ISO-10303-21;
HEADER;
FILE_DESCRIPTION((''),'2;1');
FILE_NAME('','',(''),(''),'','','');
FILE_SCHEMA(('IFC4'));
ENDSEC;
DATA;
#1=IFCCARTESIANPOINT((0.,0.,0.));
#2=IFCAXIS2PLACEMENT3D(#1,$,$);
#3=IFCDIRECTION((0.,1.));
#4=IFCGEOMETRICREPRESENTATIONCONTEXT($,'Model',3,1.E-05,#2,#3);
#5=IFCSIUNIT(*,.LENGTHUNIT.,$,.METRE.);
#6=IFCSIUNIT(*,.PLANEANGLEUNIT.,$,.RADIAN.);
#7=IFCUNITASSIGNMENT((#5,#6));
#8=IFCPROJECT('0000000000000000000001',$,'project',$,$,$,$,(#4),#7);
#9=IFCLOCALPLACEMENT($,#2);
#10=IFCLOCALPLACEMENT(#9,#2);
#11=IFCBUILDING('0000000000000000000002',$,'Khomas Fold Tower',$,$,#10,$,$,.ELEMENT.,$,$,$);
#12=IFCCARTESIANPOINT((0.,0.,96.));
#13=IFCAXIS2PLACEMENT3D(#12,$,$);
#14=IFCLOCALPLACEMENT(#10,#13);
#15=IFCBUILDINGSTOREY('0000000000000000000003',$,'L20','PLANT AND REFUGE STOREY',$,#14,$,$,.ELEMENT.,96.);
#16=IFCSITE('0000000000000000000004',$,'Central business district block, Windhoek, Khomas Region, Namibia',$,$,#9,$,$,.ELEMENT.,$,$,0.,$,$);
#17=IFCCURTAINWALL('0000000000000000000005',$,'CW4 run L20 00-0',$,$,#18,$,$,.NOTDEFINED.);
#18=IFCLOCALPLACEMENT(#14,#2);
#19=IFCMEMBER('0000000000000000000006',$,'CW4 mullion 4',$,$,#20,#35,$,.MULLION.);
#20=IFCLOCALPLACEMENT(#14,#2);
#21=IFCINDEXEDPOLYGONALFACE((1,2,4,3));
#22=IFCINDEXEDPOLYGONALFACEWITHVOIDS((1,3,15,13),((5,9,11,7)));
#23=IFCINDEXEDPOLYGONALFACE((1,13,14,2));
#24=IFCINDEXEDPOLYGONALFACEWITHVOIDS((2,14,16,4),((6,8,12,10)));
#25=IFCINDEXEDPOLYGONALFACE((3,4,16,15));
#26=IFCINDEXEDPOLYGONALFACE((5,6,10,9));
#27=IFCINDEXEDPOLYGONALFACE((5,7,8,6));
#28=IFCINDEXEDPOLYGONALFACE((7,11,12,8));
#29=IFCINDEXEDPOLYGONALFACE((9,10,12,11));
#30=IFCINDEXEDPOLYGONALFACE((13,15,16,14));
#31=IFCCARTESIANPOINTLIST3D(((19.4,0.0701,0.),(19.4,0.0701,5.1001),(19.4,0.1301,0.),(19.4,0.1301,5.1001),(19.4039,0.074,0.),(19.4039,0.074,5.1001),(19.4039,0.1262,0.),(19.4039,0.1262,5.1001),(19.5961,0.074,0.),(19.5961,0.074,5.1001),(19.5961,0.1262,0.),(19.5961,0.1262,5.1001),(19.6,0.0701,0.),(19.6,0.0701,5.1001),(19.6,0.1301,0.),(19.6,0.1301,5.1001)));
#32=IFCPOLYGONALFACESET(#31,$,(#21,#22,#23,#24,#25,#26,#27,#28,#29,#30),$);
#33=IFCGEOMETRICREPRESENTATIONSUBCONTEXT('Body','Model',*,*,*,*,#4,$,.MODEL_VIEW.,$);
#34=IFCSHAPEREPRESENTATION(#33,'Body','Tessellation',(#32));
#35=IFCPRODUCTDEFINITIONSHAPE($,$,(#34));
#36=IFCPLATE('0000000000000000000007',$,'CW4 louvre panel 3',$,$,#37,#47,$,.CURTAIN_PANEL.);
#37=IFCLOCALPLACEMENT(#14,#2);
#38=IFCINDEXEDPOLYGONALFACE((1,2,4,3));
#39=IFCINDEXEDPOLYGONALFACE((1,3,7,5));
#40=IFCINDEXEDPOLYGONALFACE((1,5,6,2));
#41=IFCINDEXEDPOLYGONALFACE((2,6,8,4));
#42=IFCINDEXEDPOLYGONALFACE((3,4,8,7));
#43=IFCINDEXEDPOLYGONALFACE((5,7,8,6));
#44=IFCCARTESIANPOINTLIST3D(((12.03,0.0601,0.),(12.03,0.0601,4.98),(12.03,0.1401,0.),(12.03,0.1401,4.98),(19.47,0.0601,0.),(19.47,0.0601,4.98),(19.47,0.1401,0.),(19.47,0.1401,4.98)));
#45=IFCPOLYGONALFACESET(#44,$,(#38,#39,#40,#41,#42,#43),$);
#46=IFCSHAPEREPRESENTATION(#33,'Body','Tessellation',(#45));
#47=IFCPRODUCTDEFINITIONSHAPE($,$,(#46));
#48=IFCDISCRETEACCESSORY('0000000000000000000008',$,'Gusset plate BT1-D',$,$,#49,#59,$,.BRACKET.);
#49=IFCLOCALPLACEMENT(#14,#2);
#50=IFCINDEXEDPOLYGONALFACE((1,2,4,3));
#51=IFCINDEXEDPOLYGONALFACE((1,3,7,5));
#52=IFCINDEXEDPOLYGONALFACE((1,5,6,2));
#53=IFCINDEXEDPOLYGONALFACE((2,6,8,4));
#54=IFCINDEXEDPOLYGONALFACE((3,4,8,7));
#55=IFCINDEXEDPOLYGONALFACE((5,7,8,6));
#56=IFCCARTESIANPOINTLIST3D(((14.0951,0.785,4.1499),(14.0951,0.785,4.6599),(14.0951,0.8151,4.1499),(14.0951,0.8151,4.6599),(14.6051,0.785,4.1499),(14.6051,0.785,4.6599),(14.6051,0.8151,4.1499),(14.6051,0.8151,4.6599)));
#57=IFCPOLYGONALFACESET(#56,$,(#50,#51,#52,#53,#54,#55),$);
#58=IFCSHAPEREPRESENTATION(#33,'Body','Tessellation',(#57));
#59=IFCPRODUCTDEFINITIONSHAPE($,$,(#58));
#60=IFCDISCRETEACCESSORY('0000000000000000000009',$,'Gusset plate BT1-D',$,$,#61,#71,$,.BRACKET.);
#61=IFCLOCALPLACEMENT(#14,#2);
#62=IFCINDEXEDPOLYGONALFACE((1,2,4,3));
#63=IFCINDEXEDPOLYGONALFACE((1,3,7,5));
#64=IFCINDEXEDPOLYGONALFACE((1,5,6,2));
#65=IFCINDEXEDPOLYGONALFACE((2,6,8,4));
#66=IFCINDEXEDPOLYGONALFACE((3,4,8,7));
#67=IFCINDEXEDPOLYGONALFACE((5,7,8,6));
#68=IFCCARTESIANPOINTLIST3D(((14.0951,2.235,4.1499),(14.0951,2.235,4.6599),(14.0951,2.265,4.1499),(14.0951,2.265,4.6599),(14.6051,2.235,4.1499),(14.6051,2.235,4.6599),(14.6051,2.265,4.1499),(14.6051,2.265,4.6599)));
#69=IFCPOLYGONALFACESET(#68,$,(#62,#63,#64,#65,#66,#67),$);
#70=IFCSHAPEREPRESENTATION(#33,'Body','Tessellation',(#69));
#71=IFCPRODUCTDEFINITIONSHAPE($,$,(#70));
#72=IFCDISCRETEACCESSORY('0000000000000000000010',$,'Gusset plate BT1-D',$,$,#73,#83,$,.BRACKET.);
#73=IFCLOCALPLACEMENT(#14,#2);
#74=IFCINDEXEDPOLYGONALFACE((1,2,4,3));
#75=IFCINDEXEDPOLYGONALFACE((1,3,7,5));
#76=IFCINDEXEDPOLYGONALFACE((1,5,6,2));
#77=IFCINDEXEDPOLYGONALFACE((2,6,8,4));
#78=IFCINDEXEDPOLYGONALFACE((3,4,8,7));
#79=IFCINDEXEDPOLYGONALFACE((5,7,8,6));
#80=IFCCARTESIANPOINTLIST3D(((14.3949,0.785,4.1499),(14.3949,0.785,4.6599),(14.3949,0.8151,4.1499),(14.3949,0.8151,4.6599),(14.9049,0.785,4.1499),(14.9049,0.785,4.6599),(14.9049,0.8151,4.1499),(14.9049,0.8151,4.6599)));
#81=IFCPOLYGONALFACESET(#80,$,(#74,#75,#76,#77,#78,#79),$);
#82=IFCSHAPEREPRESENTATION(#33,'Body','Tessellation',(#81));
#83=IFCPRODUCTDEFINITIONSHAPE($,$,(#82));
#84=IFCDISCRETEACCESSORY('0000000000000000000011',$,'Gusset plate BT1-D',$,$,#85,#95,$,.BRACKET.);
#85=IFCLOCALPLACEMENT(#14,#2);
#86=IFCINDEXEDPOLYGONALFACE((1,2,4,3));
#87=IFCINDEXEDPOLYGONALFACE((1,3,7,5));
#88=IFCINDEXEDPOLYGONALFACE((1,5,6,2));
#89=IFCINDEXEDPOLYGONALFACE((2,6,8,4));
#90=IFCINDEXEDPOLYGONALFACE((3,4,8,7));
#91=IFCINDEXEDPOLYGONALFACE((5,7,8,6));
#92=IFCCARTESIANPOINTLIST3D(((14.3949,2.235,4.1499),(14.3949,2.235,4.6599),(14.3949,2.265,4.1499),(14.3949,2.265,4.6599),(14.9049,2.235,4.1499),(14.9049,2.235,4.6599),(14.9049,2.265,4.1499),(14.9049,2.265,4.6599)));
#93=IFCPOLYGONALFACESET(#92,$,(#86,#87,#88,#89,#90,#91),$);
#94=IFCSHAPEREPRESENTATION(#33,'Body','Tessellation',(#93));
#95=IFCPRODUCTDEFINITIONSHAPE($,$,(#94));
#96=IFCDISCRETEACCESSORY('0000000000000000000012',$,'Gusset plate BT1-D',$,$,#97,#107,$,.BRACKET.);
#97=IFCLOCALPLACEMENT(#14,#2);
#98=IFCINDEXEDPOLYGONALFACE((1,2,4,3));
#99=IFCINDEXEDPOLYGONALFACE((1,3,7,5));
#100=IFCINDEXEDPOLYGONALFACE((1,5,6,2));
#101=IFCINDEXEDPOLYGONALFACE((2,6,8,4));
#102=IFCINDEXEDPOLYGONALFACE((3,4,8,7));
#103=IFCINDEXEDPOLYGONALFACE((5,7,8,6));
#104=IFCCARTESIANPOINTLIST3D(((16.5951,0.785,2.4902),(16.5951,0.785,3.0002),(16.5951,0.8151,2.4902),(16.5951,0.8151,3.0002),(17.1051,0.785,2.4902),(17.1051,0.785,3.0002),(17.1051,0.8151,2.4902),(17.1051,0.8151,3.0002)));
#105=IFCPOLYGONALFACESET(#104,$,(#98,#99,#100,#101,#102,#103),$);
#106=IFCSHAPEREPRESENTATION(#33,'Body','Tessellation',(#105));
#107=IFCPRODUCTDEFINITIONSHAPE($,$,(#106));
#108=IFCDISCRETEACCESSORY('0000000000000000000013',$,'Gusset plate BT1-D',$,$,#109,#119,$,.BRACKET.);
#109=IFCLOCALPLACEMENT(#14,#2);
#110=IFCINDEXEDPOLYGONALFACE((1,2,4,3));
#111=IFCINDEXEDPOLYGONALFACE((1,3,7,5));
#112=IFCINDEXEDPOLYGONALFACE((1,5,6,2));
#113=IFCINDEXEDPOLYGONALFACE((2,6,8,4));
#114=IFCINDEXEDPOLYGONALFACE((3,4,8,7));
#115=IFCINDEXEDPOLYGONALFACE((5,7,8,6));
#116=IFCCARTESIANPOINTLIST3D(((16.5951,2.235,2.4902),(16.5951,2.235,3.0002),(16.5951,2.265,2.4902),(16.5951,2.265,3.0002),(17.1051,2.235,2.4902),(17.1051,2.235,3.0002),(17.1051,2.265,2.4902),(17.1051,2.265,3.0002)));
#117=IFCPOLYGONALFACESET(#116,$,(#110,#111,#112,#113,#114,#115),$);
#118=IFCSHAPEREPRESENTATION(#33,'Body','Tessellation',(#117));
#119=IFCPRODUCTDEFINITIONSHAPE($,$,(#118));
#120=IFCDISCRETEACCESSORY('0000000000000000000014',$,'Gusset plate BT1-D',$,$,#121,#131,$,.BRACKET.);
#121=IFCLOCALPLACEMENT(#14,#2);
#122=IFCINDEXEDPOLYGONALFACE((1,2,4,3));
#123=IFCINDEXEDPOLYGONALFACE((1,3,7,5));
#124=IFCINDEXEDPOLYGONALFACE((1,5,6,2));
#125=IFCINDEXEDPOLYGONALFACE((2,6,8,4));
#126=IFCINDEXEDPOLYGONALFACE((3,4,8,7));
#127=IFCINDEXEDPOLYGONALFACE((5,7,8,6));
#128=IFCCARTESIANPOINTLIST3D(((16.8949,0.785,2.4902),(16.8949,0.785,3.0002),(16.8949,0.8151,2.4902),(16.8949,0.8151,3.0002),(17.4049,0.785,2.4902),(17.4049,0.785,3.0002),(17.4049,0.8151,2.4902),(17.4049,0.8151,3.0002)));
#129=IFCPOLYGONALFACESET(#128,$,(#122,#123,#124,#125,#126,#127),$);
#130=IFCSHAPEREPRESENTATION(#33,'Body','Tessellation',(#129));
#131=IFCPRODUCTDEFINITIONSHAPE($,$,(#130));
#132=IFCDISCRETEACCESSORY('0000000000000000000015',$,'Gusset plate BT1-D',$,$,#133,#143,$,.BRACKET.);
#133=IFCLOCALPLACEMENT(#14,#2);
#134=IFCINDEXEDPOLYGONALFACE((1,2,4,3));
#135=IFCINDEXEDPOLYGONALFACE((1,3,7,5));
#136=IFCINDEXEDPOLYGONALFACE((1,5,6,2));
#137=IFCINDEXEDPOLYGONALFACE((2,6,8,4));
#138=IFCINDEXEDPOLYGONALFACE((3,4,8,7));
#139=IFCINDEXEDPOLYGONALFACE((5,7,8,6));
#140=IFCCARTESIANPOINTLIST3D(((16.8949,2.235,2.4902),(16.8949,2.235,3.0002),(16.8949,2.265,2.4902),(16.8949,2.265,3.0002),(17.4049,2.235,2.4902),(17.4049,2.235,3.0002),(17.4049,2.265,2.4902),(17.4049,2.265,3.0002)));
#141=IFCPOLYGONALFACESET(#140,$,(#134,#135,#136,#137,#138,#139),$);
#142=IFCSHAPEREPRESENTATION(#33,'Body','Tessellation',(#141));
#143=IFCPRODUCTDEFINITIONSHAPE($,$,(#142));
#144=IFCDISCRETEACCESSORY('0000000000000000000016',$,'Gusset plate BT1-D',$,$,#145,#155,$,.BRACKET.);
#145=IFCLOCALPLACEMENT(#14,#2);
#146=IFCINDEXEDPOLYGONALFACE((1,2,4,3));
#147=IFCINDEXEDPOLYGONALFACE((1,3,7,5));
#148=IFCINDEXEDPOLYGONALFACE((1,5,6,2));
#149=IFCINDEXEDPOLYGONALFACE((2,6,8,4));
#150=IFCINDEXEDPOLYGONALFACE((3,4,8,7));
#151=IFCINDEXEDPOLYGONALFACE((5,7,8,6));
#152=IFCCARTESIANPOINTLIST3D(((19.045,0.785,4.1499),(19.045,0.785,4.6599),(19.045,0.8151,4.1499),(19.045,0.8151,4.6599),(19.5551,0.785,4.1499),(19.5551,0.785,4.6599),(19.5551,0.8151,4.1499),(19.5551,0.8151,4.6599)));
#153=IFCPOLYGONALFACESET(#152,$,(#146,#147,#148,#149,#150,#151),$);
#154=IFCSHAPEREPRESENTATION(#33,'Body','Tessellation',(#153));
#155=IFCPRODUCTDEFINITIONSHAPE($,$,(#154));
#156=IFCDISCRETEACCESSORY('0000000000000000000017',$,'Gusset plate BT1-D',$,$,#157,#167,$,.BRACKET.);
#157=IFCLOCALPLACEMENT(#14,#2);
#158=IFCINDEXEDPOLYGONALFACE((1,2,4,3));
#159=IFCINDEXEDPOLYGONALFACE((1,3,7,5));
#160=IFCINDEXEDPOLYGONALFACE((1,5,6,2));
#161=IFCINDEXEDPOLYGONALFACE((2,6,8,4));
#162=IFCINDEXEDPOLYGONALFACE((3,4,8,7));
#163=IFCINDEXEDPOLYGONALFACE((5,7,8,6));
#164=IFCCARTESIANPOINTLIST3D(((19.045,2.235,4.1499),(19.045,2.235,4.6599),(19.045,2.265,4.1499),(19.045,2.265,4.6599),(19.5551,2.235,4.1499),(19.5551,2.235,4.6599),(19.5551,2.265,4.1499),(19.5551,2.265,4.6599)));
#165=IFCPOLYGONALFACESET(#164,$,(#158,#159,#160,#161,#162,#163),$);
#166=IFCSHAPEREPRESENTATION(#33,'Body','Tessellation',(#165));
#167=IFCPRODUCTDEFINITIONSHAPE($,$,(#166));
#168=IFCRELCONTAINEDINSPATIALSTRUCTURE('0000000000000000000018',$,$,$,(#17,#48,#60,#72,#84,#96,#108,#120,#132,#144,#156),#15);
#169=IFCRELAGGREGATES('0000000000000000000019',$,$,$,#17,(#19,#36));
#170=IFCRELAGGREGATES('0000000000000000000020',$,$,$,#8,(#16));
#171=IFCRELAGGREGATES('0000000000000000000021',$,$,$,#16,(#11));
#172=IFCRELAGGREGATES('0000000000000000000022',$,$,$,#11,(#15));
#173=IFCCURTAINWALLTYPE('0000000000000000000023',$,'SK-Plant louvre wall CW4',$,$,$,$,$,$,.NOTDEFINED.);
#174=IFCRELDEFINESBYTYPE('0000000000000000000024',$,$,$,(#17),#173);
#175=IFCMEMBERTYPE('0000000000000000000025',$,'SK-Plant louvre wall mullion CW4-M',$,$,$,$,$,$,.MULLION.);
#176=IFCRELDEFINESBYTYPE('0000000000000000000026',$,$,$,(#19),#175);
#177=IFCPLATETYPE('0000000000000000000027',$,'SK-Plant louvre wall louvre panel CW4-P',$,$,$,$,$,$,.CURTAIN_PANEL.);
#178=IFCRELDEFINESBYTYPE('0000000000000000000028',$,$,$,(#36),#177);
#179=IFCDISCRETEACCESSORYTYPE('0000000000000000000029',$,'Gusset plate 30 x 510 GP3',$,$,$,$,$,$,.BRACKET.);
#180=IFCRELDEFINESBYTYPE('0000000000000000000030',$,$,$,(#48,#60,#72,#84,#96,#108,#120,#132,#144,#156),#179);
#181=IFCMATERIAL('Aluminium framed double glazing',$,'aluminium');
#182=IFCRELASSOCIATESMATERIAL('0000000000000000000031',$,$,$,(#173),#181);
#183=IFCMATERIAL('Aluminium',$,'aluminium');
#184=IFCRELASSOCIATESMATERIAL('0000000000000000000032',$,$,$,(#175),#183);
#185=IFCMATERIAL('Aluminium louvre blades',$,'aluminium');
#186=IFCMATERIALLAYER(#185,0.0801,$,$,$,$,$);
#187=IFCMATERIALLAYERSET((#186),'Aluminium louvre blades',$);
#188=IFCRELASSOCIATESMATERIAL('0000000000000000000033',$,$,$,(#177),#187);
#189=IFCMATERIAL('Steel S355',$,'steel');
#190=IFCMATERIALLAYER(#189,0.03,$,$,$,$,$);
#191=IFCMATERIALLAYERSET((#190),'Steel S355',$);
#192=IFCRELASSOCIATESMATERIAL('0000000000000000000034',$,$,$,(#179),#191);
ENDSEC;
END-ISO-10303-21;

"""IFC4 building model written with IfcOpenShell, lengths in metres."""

from ifc_helpers import new_model, si_unit, direction, frame, origin, origin_2d, place, context, subcontext, project, spatial, rectangle, hollow_rectangle, extrude, source, transform, mapped, material, layer, layer_set, material_profile, profile_set, type_object, element, aggregate, save


model = new_model("IFC4")

# Units and contexts
model_context = context("Model", 3, precision=1e-05, world=origin(), true_north=direction((0.0, 1.0)))
body_context = subcontext(model_context, "Body", "Model", "MODEL_VIEW")
ifc_project = project(units=[si_unit("LENGTHUNIT", "METRE"), si_unit("PLANEANGLEUNIT", "RADIAN")], contexts=[model_context])

# Site, building, storey
site_placement = place(None, origin())
site = spatial("IfcSite", under=ifc_project, at=site_placement, Name="Central business district block, Windhoek, Khomas Region, Namibia", CompositionType="ELEMENT", RefElevation=0.0)
building_placement = place(site_placement, origin())
building = spatial("IfcBuilding", under=site, at=building_placement, Name="Khomas Fold Tower", CompositionType="ELEMENT")
storey_placement = place(building_placement, frame((0.0, 0.0, 96.0)))
storey = spatial("IfcBuildingStorey", under=building, at=storey_placement, Name="L20", Description="PLANT AND REFUGE STOREY", CompositionType="ELEMENT", Elevation=96.0)

# Curtain wall, member, plate
ifc_material_1 = material(Name="Aluminium framed double glazing", Category="aluminium")
curtain_wall_type = type_object("IfcCurtainWallType", Name="SK-Plant louvre wall CW4", PredefinedType="NOTDEFINED", material=ifc_material_1)
curtain_wall_placement = place(storey_placement, origin())
curtain_wall = element("IfcCurtainWall", 1, at=curtain_wall_placement, inside=storey, type_object=curtain_wall_type, Name="CW4 run L20 00-0", PredefinedType="NOTDEFINED")
ifc_material_2 = material(Name="Aluminium", Category="aluminium")
ifc_material_profile_1 = material_profile(ifc_material_2, hollow_rectangle(XDim=0.0601, YDim=0.2, WallThickness=0.0039, at=origin_2d()), Name="SK-Plant louvre wall mullion CW4-M")
ifc_profile_set_1 = profile_set([ifc_material_profile_1], Name="Aluminium")
member_type_1 = type_object("IfcMemberType", Name="SK-Plant louvre wall mullion CW4-M", PredefinedType="MULLION", material=ifc_profile_set_1)
shared_shape_1 = source(origin(), body_context, "Body", "SweptSolid", [
    extrude(hollow_rectangle(XDim=0.0601, YDim=0.2, WallThickness=0.0039, at=origin_2d()), origin(), (0.0, 0.0, 1.0), 5.1001),
])
member_1_placement = place(storey_placement, frame((19.5, 0.1001, 0.0), z_axis=(0.0, 0.0, 1.0), x_axis=(0.0, 1.0, 0.0)))
member_1 = element("IfcMember", 2, at=member_1_placement, type_object=member_type_1, Name="CW4 mullion 4", PredefinedType="MULLION", context=body_context, shape_type="MappedRepresentation", body=[
    mapped(shared_shape_1, transform((0.0, 0.0, 0.0))),
])
ifc_material_3 = material(Name="Aluminium louvre blades", Category="aluminium")
ifc_layer_1 = layer(ifc_material_3, 0.0801)
ifc_layer_set_1 = layer_set([ifc_layer_1], Name="Aluminium louvre blades")
plate_type = type_object("IfcPlateType", Name="SK-Plant louvre wall louvre panel CW4-P", PredefinedType="CURTAIN_PANEL", material=ifc_layer_set_1)
shared_shape_2 = source(origin(), body_context, "Body", "SweptSolid", [
    extrude(rectangle(XDim=7.4399, YDim=0.0801, at=origin_2d()), origin(), (0.0, 0.0, 1.0), 4.98),
])
plate_placement = place(storey_placement, frame((15.75, 0.1001, 0.0), z_axis=(0.0, 0.0, 1.0), x_axis=(1.0, 0.0, 0.0)))
plate = element("IfcPlate", 3, at=plate_placement, type_object=plate_type, Name="CW4 louvre panel 3", PredefinedType="CURTAIN_PANEL", context=body_context, shape_type="MappedRepresentation", body=[
    mapped(shared_shape_2, transform((0.0, 0.0, 0.0))),
])
aggregate(curtain_wall, [member_1, plate])

# Discrete accessories
ifc_material_4 = material(Name="Steel S355", Category="steel")
ifc_layer_2 = layer(ifc_material_4, 0.03)
ifc_layer_set_2 = layer_set([ifc_layer_2], Name="Steel S355")
discrete_accessory_type = type_object("IfcDiscreteAccessoryType", Name="Gusset plate 30 x 510 GP3", PredefinedType="BRACKET", material=ifc_layer_set_2)
shared_shape_3 = source(origin(), body_context, "Body", "SweptSolid", [
    extrude(rectangle(XDim=0.51, YDim=0.03, at=origin_2d()), origin(), (0.0, 0.0, 1.0), 0.51),
])
for number, where, z_axis, x_axis, name in (
    (4, (14.3501, 0.8, 4.1499), (0.0, 0.0, 1.0), (1.0, 0.0, 0.0), "Gusset plate BT1-D"),
    (5, (14.3501, 2.25, 4.1499), (0.0, 0.0, 1.0), (1.0, 0.0, 0.0), "Gusset plate BT1-D"),
    (6, (14.6499, 0.8, 4.1499), (0.0, 0.0, 1.0), (1.0, 0.0, 0.0), "Gusset plate BT1-D"),
    (7, (14.6499, 2.25, 4.1499), (0.0, 0.0, 1.0), (1.0, 0.0, 0.0), "Gusset plate BT1-D"),
    (8, (16.8501, 0.8, 2.4902), (0.0, 0.0, 1.0), (1.0, 0.0, 0.0), "Gusset plate BT1-D"),
    (9, (16.8501, 2.25, 2.4902), (0.0, 0.0, 1.0), (1.0, 0.0, 0.0), "Gusset plate BT1-D"),
    (10, (17.1499, 0.8, 2.4902), (0.0, 0.0, 1.0), (1.0, 0.0, 0.0), "Gusset plate BT1-D"),
    (11, (17.1499, 2.25, 2.4902), (0.0, 0.0, 1.0), (1.0, 0.0, 0.0), "Gusset plate BT1-D"),
    (12, (19.3, 0.8, 4.1499), (0.0, 0.0, 1.0), (1.0, 0.0, 0.0), "Gusset plate BT1-D"),
    (13, (19.3, 2.25, 4.1499), (0.0, 0.0, 1.0), (1.0, 0.0, 0.0), "Gusset plate BT1-D"),
):
    element("IfcDiscreteAccessory", number, at=place(storey_placement, frame(where, z_axis=z_axis, x_axis=x_axis)), inside=storey, type_object=discrete_accessory_type, Name=name, PredefinedType="BRACKET", context=body_context, shape_type="MappedRepresentation", body=[
        mapped(shared_shape_3, transform((0.0, 0.0, 0.0))),
    ])

save(model, "model.ifc")
